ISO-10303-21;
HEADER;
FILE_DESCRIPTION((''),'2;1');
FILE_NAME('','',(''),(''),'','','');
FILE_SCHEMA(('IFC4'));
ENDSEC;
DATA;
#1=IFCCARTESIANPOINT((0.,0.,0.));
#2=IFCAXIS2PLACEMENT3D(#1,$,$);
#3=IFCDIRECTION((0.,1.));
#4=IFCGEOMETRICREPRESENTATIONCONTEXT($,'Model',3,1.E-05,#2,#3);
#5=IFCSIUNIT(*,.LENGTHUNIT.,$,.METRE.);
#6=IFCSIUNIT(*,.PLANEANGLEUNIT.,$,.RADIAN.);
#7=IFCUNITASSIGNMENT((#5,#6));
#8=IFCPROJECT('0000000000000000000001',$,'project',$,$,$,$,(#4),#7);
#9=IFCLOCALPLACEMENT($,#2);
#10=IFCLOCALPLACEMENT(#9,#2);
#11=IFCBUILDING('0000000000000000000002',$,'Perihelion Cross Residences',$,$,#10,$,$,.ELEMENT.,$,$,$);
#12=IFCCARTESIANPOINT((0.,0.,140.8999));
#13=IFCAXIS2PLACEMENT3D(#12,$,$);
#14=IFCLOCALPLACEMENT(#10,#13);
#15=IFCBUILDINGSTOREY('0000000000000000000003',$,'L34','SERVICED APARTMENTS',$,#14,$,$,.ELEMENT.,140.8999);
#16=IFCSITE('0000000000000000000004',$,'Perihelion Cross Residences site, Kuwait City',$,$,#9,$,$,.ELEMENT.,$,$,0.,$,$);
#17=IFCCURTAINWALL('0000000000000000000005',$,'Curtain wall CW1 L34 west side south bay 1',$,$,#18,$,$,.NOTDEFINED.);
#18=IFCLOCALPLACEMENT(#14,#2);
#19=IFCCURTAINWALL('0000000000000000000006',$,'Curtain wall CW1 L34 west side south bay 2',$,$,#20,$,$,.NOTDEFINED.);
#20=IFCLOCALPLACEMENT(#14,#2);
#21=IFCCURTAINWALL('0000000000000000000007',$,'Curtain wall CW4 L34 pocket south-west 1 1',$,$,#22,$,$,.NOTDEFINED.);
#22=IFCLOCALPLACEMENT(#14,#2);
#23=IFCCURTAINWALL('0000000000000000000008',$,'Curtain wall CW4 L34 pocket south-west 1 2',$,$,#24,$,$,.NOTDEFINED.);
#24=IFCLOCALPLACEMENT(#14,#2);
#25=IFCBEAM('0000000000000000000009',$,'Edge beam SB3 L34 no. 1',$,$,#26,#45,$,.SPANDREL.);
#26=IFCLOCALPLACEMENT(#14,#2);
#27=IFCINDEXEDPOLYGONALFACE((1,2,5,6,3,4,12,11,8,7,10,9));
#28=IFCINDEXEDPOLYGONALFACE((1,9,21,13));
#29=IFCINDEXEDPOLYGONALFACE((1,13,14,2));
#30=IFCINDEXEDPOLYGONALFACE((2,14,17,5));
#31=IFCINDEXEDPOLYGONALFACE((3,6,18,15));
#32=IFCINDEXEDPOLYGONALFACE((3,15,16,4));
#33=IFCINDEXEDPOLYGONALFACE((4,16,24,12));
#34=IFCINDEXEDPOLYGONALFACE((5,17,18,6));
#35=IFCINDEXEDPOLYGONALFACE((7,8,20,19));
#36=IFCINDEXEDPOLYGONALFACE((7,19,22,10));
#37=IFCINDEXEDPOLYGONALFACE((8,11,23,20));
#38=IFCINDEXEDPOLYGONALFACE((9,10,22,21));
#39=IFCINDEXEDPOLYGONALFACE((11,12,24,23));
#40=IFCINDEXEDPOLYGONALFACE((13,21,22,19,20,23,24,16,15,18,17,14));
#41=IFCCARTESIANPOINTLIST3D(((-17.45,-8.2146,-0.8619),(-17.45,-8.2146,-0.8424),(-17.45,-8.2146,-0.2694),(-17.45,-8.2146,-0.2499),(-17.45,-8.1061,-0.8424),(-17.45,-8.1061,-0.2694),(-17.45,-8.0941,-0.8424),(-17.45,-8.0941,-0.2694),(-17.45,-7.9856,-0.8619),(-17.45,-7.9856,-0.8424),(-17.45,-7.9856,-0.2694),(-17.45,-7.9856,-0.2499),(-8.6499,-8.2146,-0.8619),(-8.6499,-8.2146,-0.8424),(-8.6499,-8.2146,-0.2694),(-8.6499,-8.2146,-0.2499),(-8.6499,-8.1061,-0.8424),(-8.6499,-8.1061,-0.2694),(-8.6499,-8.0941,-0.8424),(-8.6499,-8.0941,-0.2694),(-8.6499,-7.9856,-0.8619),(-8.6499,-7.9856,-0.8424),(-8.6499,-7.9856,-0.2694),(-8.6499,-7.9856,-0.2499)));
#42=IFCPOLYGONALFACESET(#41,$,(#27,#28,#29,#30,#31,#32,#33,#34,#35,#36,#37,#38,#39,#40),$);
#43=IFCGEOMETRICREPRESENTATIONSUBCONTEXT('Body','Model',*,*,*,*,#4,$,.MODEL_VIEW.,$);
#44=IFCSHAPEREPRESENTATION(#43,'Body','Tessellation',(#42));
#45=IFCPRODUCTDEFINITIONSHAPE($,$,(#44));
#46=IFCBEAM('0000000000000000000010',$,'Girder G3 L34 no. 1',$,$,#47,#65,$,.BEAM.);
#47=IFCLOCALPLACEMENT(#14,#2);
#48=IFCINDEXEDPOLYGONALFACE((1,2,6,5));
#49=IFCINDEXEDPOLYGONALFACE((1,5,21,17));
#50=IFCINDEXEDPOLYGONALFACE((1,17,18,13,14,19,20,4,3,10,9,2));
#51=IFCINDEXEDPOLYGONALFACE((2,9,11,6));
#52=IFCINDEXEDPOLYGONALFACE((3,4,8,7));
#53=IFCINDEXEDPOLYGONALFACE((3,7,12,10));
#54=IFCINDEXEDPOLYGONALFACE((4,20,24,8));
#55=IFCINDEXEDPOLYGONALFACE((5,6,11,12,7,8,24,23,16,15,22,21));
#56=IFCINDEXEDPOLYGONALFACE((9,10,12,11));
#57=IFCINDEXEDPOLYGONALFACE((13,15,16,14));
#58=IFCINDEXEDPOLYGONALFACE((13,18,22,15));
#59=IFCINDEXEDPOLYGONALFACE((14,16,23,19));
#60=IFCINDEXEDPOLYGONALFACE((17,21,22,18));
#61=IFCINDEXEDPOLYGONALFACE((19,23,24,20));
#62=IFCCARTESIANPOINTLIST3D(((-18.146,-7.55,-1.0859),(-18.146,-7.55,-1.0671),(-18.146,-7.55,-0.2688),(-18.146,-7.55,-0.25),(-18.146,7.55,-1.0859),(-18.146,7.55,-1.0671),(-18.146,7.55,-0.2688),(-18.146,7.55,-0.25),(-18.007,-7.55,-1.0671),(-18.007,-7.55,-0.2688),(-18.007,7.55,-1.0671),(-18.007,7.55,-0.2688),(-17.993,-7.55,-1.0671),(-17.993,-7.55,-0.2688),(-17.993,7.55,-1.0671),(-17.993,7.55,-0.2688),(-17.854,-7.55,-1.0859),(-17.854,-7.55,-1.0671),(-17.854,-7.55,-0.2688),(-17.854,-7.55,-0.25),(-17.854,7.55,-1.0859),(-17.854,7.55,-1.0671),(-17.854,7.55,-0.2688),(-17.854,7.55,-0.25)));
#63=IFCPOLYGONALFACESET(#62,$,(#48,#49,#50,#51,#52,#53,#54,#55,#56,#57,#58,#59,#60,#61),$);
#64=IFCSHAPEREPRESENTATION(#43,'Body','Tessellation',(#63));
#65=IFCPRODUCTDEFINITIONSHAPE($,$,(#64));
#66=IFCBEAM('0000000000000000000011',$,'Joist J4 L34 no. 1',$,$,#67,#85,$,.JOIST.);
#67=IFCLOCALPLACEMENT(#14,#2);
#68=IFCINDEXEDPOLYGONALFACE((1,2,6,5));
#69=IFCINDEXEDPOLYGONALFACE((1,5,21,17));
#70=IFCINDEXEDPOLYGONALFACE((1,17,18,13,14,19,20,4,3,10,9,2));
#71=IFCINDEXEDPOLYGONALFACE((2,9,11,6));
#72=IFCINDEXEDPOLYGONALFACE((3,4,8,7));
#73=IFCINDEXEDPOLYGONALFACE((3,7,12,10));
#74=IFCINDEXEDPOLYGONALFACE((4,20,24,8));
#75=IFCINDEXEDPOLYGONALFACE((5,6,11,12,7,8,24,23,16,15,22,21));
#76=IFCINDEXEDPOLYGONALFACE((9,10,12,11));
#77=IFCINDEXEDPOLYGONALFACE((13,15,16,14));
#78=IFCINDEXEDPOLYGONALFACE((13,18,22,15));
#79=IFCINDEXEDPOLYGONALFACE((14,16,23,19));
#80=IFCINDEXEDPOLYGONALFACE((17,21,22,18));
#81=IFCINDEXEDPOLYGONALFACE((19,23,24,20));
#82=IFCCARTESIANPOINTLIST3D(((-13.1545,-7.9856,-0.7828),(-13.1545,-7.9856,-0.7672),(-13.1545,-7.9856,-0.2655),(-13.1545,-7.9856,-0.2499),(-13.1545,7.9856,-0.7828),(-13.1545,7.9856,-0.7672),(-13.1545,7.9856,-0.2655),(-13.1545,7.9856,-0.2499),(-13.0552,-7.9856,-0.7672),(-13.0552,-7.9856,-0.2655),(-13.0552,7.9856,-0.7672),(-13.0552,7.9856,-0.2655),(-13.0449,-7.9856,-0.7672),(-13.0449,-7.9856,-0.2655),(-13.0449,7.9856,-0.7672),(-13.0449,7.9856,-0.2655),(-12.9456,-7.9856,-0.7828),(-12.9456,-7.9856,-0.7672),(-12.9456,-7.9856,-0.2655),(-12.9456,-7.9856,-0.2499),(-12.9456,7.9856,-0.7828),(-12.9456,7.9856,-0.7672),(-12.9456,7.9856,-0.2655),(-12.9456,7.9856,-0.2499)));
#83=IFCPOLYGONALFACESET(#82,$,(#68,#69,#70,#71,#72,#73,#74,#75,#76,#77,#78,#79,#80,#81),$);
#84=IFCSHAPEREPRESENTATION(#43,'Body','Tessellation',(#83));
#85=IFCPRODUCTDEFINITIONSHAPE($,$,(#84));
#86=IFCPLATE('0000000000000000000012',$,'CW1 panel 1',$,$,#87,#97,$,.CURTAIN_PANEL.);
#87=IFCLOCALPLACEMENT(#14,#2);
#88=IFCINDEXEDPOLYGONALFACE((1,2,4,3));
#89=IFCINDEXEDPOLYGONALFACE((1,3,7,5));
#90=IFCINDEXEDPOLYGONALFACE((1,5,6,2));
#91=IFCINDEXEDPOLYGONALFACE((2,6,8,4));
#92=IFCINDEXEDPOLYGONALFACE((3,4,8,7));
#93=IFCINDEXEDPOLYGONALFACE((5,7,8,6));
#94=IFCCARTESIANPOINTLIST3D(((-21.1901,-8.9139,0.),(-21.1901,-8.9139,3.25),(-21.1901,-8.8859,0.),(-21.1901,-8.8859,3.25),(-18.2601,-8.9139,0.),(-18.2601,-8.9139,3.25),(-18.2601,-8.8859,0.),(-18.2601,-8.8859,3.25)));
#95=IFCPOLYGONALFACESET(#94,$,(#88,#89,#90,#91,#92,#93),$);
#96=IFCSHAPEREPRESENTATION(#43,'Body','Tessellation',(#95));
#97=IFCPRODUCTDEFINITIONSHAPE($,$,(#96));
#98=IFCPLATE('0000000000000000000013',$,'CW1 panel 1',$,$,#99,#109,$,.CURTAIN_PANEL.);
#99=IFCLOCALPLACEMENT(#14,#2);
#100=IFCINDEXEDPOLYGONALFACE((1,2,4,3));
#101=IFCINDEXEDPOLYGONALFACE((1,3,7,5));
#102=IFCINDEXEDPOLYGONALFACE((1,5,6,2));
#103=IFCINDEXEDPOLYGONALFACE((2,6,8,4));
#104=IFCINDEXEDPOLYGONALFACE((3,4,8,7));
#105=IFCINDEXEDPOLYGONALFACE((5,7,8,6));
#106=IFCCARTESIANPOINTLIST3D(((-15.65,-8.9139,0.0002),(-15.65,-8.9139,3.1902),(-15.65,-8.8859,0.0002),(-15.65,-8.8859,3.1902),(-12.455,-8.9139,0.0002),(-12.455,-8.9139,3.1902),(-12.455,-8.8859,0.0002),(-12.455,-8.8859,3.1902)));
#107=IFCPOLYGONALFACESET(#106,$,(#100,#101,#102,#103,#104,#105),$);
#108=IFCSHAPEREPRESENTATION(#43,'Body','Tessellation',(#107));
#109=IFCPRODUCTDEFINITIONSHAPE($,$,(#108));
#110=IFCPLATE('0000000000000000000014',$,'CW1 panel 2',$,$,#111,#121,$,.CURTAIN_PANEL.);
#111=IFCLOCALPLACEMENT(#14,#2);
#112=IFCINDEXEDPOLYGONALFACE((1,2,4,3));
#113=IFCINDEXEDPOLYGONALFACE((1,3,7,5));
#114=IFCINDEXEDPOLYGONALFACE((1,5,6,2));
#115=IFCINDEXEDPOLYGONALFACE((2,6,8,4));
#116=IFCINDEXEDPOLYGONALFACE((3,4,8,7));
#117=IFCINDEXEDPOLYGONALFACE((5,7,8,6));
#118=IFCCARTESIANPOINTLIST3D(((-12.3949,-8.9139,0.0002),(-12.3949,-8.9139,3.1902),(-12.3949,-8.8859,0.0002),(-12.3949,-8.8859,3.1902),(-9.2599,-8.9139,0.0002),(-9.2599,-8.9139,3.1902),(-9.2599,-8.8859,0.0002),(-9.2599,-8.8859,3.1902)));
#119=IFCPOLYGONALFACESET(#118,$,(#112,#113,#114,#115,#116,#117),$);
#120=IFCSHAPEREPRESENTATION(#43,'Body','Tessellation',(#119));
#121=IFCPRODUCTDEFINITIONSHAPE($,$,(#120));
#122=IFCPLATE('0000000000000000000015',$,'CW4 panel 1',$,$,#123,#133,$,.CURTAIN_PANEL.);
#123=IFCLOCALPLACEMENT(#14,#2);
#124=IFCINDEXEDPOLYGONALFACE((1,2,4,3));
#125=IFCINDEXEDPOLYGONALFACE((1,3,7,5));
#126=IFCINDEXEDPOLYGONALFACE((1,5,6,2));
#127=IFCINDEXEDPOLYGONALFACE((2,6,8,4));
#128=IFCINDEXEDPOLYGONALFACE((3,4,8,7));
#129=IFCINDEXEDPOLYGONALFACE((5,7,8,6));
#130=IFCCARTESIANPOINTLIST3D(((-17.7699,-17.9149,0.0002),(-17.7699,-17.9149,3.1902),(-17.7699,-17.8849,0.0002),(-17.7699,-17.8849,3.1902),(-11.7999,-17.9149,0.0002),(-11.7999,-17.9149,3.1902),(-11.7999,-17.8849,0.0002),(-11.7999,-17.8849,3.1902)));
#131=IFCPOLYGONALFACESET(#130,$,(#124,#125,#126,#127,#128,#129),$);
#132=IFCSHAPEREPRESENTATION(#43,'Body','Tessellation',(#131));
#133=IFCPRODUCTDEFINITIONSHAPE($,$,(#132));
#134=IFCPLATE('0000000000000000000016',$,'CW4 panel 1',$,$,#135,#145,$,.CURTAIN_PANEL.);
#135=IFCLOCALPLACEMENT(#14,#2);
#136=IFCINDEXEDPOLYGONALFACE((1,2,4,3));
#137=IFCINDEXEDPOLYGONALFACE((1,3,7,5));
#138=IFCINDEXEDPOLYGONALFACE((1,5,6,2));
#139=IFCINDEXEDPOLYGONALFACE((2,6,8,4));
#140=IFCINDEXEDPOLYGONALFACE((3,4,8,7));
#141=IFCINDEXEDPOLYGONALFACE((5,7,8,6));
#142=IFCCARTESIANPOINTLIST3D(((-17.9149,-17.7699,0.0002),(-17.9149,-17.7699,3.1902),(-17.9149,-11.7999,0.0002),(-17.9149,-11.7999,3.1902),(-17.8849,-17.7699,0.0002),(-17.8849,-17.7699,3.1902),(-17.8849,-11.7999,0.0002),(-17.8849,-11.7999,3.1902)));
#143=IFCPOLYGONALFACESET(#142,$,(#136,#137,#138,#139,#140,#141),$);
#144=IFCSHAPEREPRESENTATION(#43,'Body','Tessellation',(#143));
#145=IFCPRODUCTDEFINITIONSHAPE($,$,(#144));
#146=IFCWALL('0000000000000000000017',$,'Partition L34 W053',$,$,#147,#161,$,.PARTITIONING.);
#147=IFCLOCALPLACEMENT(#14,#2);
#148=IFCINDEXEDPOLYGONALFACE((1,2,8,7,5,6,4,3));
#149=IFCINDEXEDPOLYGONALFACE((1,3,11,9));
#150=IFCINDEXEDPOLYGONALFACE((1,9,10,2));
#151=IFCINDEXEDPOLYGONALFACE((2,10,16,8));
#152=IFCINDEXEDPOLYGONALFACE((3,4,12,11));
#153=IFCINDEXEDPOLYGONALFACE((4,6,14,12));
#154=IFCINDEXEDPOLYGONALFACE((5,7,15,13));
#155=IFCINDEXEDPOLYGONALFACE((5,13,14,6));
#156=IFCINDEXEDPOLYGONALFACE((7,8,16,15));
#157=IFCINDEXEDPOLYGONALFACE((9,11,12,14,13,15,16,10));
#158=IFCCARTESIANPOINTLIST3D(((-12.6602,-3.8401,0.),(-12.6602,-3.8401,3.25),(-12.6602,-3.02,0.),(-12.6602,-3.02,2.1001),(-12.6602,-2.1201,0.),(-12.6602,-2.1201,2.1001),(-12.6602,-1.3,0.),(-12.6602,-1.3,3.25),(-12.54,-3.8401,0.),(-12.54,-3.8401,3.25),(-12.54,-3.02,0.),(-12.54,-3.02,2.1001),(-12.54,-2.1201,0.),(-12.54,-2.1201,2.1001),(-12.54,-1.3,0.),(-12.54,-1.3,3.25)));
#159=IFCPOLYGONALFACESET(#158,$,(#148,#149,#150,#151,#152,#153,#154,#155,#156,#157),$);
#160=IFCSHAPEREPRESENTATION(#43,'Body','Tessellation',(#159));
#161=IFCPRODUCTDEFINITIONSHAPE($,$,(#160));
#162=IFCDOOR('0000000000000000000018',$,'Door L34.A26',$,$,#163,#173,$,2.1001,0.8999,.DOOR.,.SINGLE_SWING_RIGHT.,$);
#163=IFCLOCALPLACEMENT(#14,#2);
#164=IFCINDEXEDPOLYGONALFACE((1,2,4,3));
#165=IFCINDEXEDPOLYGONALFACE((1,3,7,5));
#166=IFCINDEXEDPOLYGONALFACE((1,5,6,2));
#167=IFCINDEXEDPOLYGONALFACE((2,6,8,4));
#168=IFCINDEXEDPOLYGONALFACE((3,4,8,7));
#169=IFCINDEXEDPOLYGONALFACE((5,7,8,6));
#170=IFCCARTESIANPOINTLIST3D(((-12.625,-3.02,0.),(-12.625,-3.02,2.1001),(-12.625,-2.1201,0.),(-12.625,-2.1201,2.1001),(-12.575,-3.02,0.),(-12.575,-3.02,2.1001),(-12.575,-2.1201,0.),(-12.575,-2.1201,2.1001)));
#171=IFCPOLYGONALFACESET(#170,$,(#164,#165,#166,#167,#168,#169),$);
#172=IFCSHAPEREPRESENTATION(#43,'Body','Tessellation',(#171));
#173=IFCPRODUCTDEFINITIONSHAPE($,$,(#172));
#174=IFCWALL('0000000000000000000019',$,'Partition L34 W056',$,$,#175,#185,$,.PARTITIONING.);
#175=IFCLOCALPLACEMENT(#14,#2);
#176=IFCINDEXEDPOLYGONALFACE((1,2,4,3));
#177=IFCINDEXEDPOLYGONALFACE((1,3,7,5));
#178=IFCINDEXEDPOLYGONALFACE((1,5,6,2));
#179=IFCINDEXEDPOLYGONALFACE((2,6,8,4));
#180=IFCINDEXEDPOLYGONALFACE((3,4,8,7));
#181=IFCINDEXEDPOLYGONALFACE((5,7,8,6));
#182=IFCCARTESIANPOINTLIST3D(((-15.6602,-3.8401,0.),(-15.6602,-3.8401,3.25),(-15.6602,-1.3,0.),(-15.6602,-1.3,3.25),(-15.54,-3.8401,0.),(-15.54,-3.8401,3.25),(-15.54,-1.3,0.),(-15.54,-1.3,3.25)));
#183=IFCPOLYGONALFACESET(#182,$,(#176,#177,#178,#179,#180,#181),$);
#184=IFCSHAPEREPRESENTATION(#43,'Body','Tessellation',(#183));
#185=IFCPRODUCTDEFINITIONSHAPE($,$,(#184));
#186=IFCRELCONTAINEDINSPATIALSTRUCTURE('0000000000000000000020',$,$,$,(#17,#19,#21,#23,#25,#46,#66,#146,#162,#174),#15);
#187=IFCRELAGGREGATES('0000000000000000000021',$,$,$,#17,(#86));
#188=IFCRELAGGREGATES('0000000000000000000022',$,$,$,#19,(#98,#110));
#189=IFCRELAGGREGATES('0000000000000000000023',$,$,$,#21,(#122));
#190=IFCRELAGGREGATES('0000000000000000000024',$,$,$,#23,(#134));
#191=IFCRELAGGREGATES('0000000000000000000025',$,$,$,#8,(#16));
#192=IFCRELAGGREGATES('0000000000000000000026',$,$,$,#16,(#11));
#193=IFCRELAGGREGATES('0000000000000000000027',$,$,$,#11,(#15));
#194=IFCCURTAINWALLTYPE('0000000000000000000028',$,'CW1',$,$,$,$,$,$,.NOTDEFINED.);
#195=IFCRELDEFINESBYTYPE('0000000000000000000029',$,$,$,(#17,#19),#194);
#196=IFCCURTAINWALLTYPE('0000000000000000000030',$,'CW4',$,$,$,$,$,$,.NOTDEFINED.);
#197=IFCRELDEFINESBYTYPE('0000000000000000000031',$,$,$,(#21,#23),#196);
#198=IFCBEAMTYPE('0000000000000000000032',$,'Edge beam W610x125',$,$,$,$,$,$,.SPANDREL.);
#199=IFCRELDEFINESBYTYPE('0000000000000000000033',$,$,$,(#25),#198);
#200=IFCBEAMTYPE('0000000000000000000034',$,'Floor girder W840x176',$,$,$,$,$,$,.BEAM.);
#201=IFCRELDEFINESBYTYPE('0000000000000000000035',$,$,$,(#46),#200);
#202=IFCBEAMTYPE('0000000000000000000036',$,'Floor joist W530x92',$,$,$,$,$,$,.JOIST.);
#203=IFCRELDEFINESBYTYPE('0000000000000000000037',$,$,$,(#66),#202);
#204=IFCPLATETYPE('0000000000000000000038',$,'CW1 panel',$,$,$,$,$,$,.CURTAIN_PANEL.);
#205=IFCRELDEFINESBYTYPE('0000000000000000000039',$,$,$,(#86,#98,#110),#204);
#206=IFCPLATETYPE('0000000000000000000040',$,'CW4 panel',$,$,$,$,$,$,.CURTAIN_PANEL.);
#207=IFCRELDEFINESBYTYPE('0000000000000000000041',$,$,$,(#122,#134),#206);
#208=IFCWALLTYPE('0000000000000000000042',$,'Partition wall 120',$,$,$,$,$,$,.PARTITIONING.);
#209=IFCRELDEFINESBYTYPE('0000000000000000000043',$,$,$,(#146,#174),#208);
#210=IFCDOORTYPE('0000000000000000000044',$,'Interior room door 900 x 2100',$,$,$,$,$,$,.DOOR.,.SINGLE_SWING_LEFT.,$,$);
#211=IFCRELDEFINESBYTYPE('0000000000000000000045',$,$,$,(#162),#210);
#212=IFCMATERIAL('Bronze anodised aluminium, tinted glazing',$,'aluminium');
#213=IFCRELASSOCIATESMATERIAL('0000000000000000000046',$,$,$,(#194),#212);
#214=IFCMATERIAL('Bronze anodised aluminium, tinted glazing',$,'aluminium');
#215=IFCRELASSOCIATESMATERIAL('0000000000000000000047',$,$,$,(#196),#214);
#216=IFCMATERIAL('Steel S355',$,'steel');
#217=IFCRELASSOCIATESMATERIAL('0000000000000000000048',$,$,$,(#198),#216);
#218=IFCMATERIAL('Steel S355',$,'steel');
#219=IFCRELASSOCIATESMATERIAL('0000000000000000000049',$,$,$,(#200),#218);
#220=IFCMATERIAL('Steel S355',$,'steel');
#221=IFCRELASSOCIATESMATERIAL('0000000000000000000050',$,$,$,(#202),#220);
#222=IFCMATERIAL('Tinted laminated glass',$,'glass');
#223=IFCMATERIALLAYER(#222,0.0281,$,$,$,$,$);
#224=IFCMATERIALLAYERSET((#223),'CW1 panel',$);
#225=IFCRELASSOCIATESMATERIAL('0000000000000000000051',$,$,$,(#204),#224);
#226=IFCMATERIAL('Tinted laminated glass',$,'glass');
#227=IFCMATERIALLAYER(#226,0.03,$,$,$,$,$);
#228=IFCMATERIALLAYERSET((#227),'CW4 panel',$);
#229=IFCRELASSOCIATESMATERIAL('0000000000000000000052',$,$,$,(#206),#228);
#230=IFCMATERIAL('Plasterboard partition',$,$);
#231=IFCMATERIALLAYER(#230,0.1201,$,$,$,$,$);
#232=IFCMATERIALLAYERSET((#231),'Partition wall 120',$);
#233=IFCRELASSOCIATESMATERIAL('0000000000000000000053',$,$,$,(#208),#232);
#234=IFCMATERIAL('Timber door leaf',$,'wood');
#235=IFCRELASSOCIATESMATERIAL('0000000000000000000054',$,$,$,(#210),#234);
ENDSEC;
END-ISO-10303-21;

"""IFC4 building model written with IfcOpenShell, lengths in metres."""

from ifc_helpers import new_model, si_unit, direction, frame, frame_2d, origin, origin_2d, place, context, subcontext, project, spatial, rectangle, i_section, extrude, material, layer, layer_set, material_profile, profile_set, type_object, element, fill, aggregate, save


model = new_model("IFC4")

# Units and contexts
model_context = context("Model", 3, precision=1e-05, world=origin(), true_north=direction((0.0, 1.0)))
body_context = subcontext(model_context, "Body", "Model", "MODEL_VIEW")
ifc_project = project(units=[si_unit("LENGTHUNIT", "METRE"), si_unit("PLANEANGLEUNIT", "RADIAN")], contexts=[model_context])

# Site, building, storey
site_placement = place(None, origin())
site = spatial("IfcSite", under=ifc_project, at=site_placement, Name="Perihelion Cross Residences site, Kuwait City", CompositionType="ELEMENT", RefElevation=0.0)
building_placement = place(site_placement, origin())
building = spatial("IfcBuilding", under=site, at=building_placement, Name="Perihelion Cross Residences", CompositionType="ELEMENT")
storey_placement = place(building_placement, frame((0.0, 0.0, 140.8999)))
storey = spatial("IfcBuildingStorey", under=building, at=storey_placement, Name="L34", Description="SERVICED APARTMENTS", CompositionType="ELEMENT", Elevation=140.8999)

# Curtain wall
ifc_material_1 = material(Name="Bronze anodised aluminium, tinted glazing", Category="aluminium")
curtain_wall_type_1 = type_object("IfcCurtainWallType", Name="CW1", PredefinedType="NOTDEFINED", material=ifc_material_1)
curtain_wall_1_placement = place(storey_placement, origin())
curtain_wall_1 = element("IfcCurtainWall", 1, at=curtain_wall_1_placement, inside=storey, type_object=curtain_wall_type_1, Name="Curtain wall CW1 L34 west side south bay 1", PredefinedType="NOTDEFINED")

# Curtain walls
curtain_wall_2_placement = place(storey_placement, origin())
curtain_wall_2 = element("IfcCurtainWall", 2, at=curtain_wall_2_placement, inside=storey, type_object=curtain_wall_type_1, Name="Curtain wall CW1 L34 west side south bay 2", PredefinedType="NOTDEFINED")
ifc_material_2 = material(Name="Bronze anodised aluminium, tinted glazing", Category="aluminium")
curtain_wall_type_2 = type_object("IfcCurtainWallType", Name="CW4", PredefinedType="NOTDEFINED", material=ifc_material_2)
curtain_wall_3_placement = place(storey_placement, origin())
curtain_wall_3 = element("IfcCurtainWall", 3, at=curtain_wall_3_placement, inside=storey, type_object=curtain_wall_type_2, Name="Curtain wall CW4 L34 pocket south-west 1 1", PredefinedType="NOTDEFINED")
curtain_wall_4_placement = place(storey_placement, origin())
curtain_wall_4 = element("IfcCurtainWall", 4, at=curtain_wall_4_placement, inside=storey, type_object=curtain_wall_type_2, Name="Curtain wall CW4 L34 pocket south-west 1 2", PredefinedType="NOTDEFINED")

# Beams
ifc_material_3 = material(Name="Steel S355", Category="steel")
ifc_material_profile_1 = material_profile(ifc_material_3, i_section(OverallWidth=0.229, OverallDepth=0.6121, WebThickness=0.012, FlangeThickness=0.0195, at=origin_2d()), Name="W610x125")
ifc_profile_set_1 = profile_set([ifc_material_profile_1], Name="Steel S355")
beam_type_1 = type_object("IfcBeamType", Name="Edge beam W610x125", PredefinedType="SPANDREL", material=ifc_profile_set_1)
beam_1_placement = place(storey_placement, frame((-17.45, -8.1001, -0.5559), z_axis=(1.0, 0.0, 0.0), x_axis=(0.0, 1.0, 0.0)))
element("IfcBeam", 5, at=beam_1_placement, inside=storey, type_object=beam_type_1, Name="Edge beam SB3 L34 no. 1", PredefinedType="SPANDREL", context=body_context, shape_type="SweptSolid", body=[
    extrude(i_section(OverallWidth=0.229, OverallDepth=0.6121, WebThickness=0.012, FlangeThickness=0.0195, at=origin_2d()), origin(), (0.0, 0.0, 1.0), 8.8),
])
ifc_material_4 = material(Name="Steel S355", Category="steel")
ifc_material_profile_2 = material_profile(ifc_material_4, i_section(OverallWidth=0.292, OverallDepth=0.8359, WebThickness=0.0139, FlangeThickness=0.0188, at=origin_2d()), Name="W840x176")
ifc_profile_set_2 = profile_set([ifc_material_profile_2], Name="Steel S355")
beam_type_2 = type_object("IfcBeamType", Name="Floor girder W840x176", PredefinedType="BEAM", material=ifc_profile_set_2)
beam_2_placement = place(storey_placement, frame((-18.0, -7.55, -0.668), z_axis=(0.0, 1.0, 0.0), x_axis=(-1.0, 0.0, 0.0)))
element("IfcBeam", 6, at=beam_2_placement, inside=storey, type_object=beam_type_2, Name="Girder G3 L34 no. 1", PredefinedType="BEAM", context=body_context, shape_type="SweptSolid", body=[
    extrude(i_section(OverallWidth=0.292, OverallDepth=0.8359, WebThickness=0.0139, FlangeThickness=0.0188, at=origin_2d()), origin(), (0.0, 0.0, 1.0), 15.1001),
])
ifc_material_5 = material(Name="Steel S355", Category="steel")
ifc_material_profile_3 = material_profile(ifc_material_5, i_section(OverallWidth=0.209, OverallDepth=0.533, WebThickness=0.0103, FlangeThickness=0.0156, at=origin_2d()), Name="W530x92")
ifc_profile_set_3 = profile_set([ifc_material_profile_3], Name="Steel S355")
beam_type_3 = type_object("IfcBeamType", Name="Floor joist W530x92", PredefinedType="JOIST", material=ifc_profile_set_3)
beam_3_placement = place(storey_placement, frame((-13.05, -7.9856, -0.5164), z_axis=(0.0, 1.0, 0.0), x_axis=(-1.0, 0.0, 0.0)))
element("IfcBeam", 7, at=beam_3_placement, inside=storey, type_object=beam_type_3, Name="Joist J4 L34 no. 1", PredefinedType="JOIST", context=body_context, shape_type="SweptSolid", body=[
    extrude(i_section(OverallWidth=0.209, OverallDepth=0.533, WebThickness=0.0103, FlangeThickness=0.0156, at=origin_2d()), origin(), (0.0, 0.0, 1.0), 15.9712),
])

# Plates
ifc_material_6 = material(Name="Tinted laminated glass", Category="glass")
ifc_layer_1 = layer(ifc_material_6, 0.0281)
ifc_layer_set_1 = layer_set([ifc_layer_1], Name="CW1 panel")
plate_type_1 = type_object("IfcPlateType", Name="CW1 panel", PredefinedType="CURTAIN_PANEL", material=ifc_layer_set_1)
plate_1_placement = place(storey_placement, frame((-19.7251, -8.8999, 0.0), z_axis=(0.0, 0.0, 1.0), x_axis=(1.0, 0.0, 0.0)))
plate_1 = element("IfcPlate", 8, at=plate_1_placement, type_object=plate_type_1, Name="CW1 panel 1", PredefinedType="CURTAIN_PANEL", context=body_context, shape_type="SweptSolid", body=[
    extrude(rectangle(XDim=2.9299, YDim=0.0281, at=origin_2d()), origin(), (0.0, 0.0, 1.0), 3.25),
])
aggregate(curtain_wall_1, [plate_1])
plate_2_placement = place(storey_placement, frame((-14.0525, -8.8999, 0.0002), z_axis=(0.0, 0.0, 1.0), x_axis=(1.0, 0.0, 0.0)))
plate_2 = element("IfcPlate", 9, at=plate_2_placement, type_object=plate_type_1, Name="CW1 panel 1", PredefinedType="CURTAIN_PANEL", context=body_context, shape_type="SweptSolid", body=[
    extrude(rectangle(XDim=3.1951, YDim=0.0281, at=origin_2d()), origin(), (0.0, 0.0, 1.0), 3.1899),
])
plate_3_placement = place(storey_placement, frame((-10.8274, -8.8999, 0.0002), z_axis=(0.0, 0.0, 1.0), x_axis=(1.0, 0.0, 0.0)))
plate_3 = element("IfcPlate", 10, at=plate_3_placement, type_object=plate_type_1, Name="CW1 panel 2", PredefinedType="CURTAIN_PANEL", context=body_context, shape_type="SweptSolid", body=[
    extrude(rectangle(XDim=3.135, YDim=0.0281, at=origin_2d()), origin(), (0.0, 0.0, 1.0), 3.1899),
])
aggregate(curtain_wall_2, [plate_2, plate_3])
ifc_material_7 = material(Name="Tinted laminated glass", Category="glass")
ifc_layer_2 = layer(ifc_material_7, 0.03)
ifc_layer_set_2 = layer_set([ifc_layer_2], Name="CW4 panel")
plate_type_2 = type_object("IfcPlateType", Name="CW4 panel", PredefinedType="CURTAIN_PANEL", material=ifc_layer_set_2)
plate_4_placement = place(storey_placement, frame((-14.7849, -17.8999, 0.0002), z_axis=(0.0, 0.0, 1.0), x_axis=(-1.0, 0.0, 0.0)))
plate_4 = element("IfcPlate", 11, at=plate_4_placement, type_object=plate_type_2, Name="CW4 panel 1", PredefinedType="CURTAIN_PANEL", context=body_context, shape_type="SweptSolid", body=[
    extrude(rectangle(XDim=5.97, YDim=0.03, at=origin_2d()), origin(), (0.0, 0.0, 1.0), 3.1899),
])
aggregate(curtain_wall_3, [plate_4])
plate_5_placement = place(storey_placement, frame((-17.8999, -14.7849, 0.0002), z_axis=(0.0, 0.0, 1.0), x_axis=(0.0, 1.0, 0.0)))
plate_5 = element("IfcPlate", 12, at=plate_5_placement, type_object=plate_type_2, Name="CW4 panel 1", PredefinedType="CURTAIN_PANEL", context=body_context, shape_type="SweptSolid", body=[
    extrude(rectangle(XDim=5.97, YDim=0.03, at=origin_2d()), origin(), (0.0, 0.0, 1.0), 3.1899),
])
aggregate(curtain_wall_4, [plate_5])

# Wall, opening, door
ifc_material_8 = material(Name="Plasterboard partition")
ifc_layer_3 = layer(ifc_material_8, 0.1201)
ifc_layer_set_3 = layer_set([ifc_layer_3], Name="Partition wall 120")
wall_type_1 = type_object("IfcWallType", Name="Partition wall 120", PredefinedType="PARTITIONING", material=ifc_layer_set_3)
wall_1_placement = place(storey_placement, frame((-12.6001, -3.8401, 0.0), z_axis=(0.0, 0.0, 1.0), x_axis=(0.0, 1.0, 0.0)))
wall_1 = element("IfcWall", 13, at=wall_1_placement, inside=storey, type_object=wall_type_1, Name="Partition L34 W053", PredefinedType="PARTITIONING", context=body_context, shape_type="SweptSolid", body=[
    extrude(rectangle(XDim=2.54, YDim=0.1201, at=frame_2d((1.27, 0.0))), origin(), (0.0, 0.0, 1.0), 3.25),
])
opening_1_placement = place(wall_1_placement, frame((0.8201, 0.0, 0.0)))
opening_1 = element("IfcOpeningElement", 14, at=opening_1_placement, cuts=wall_1, PredefinedType="OPENING", context=body_context, shape_type="SweptSolid", body=[
    extrude(rectangle(XDim=0.8999, YDim=2.1001, at=frame_2d((0.45, 1.05))), frame((0.0, 0.0701, 0.0), z_axis=(0.0, -1.0, 0.0), x_axis=(1.0, 0.0, 0.0)), (0.0, 0.0, 1.0), 0.1401),
])
ifc_material_9 = material(Name="Timber door leaf", Category="wood")
door_type_1 = type_object("IfcDoorType", Name="Interior room door 900 x 2100", OperationType="SINGLE_SWING_LEFT", PredefinedType="DOOR", material=ifc_material_9)
door_1_placement = place(opening_1_placement, origin())
door_1 = element("IfcDoor", 15, at=door_1_placement, inside=storey, type_object=door_type_1, Name="Door L34.A26", OperationType="SINGLE_SWING_RIGHT", OverallHeight=2.1001, OverallWidth=0.8999, PredefinedType="DOOR", context=body_context, shape_type="SweptSolid", body=[
    extrude(rectangle(XDim=0.8999, YDim=2.1001, at=frame_2d((0.45, 1.05))), frame((0.0, 0.0249, 0.0), z_axis=(0.0, -1.0, 0.0), x_axis=(1.0, 0.0, 0.0)), (0.0, 0.0, 1.0), 0.05),
])
fill(opening_1, door_1)

# Wall
wall_2_placement = place(storey_placement, frame((-15.6001, -3.8401, 0.0), z_axis=(0.0, 0.0, 1.0), x_axis=(0.0, 1.0, 0.0)))
element("IfcWall", 16, at=wall_2_placement, inside=storey, type_object=wall_type_1, Name="Partition L34 W056", PredefinedType="PARTITIONING", context=body_context, shape_type="SweptSolid", body=[
    extrude(rectangle(XDim=2.54, YDim=0.1201, at=frame_2d((1.27, 0.0))), origin(), (0.0, 0.0, 1.0), 3.25),
])

save(model, "model.ifc")
